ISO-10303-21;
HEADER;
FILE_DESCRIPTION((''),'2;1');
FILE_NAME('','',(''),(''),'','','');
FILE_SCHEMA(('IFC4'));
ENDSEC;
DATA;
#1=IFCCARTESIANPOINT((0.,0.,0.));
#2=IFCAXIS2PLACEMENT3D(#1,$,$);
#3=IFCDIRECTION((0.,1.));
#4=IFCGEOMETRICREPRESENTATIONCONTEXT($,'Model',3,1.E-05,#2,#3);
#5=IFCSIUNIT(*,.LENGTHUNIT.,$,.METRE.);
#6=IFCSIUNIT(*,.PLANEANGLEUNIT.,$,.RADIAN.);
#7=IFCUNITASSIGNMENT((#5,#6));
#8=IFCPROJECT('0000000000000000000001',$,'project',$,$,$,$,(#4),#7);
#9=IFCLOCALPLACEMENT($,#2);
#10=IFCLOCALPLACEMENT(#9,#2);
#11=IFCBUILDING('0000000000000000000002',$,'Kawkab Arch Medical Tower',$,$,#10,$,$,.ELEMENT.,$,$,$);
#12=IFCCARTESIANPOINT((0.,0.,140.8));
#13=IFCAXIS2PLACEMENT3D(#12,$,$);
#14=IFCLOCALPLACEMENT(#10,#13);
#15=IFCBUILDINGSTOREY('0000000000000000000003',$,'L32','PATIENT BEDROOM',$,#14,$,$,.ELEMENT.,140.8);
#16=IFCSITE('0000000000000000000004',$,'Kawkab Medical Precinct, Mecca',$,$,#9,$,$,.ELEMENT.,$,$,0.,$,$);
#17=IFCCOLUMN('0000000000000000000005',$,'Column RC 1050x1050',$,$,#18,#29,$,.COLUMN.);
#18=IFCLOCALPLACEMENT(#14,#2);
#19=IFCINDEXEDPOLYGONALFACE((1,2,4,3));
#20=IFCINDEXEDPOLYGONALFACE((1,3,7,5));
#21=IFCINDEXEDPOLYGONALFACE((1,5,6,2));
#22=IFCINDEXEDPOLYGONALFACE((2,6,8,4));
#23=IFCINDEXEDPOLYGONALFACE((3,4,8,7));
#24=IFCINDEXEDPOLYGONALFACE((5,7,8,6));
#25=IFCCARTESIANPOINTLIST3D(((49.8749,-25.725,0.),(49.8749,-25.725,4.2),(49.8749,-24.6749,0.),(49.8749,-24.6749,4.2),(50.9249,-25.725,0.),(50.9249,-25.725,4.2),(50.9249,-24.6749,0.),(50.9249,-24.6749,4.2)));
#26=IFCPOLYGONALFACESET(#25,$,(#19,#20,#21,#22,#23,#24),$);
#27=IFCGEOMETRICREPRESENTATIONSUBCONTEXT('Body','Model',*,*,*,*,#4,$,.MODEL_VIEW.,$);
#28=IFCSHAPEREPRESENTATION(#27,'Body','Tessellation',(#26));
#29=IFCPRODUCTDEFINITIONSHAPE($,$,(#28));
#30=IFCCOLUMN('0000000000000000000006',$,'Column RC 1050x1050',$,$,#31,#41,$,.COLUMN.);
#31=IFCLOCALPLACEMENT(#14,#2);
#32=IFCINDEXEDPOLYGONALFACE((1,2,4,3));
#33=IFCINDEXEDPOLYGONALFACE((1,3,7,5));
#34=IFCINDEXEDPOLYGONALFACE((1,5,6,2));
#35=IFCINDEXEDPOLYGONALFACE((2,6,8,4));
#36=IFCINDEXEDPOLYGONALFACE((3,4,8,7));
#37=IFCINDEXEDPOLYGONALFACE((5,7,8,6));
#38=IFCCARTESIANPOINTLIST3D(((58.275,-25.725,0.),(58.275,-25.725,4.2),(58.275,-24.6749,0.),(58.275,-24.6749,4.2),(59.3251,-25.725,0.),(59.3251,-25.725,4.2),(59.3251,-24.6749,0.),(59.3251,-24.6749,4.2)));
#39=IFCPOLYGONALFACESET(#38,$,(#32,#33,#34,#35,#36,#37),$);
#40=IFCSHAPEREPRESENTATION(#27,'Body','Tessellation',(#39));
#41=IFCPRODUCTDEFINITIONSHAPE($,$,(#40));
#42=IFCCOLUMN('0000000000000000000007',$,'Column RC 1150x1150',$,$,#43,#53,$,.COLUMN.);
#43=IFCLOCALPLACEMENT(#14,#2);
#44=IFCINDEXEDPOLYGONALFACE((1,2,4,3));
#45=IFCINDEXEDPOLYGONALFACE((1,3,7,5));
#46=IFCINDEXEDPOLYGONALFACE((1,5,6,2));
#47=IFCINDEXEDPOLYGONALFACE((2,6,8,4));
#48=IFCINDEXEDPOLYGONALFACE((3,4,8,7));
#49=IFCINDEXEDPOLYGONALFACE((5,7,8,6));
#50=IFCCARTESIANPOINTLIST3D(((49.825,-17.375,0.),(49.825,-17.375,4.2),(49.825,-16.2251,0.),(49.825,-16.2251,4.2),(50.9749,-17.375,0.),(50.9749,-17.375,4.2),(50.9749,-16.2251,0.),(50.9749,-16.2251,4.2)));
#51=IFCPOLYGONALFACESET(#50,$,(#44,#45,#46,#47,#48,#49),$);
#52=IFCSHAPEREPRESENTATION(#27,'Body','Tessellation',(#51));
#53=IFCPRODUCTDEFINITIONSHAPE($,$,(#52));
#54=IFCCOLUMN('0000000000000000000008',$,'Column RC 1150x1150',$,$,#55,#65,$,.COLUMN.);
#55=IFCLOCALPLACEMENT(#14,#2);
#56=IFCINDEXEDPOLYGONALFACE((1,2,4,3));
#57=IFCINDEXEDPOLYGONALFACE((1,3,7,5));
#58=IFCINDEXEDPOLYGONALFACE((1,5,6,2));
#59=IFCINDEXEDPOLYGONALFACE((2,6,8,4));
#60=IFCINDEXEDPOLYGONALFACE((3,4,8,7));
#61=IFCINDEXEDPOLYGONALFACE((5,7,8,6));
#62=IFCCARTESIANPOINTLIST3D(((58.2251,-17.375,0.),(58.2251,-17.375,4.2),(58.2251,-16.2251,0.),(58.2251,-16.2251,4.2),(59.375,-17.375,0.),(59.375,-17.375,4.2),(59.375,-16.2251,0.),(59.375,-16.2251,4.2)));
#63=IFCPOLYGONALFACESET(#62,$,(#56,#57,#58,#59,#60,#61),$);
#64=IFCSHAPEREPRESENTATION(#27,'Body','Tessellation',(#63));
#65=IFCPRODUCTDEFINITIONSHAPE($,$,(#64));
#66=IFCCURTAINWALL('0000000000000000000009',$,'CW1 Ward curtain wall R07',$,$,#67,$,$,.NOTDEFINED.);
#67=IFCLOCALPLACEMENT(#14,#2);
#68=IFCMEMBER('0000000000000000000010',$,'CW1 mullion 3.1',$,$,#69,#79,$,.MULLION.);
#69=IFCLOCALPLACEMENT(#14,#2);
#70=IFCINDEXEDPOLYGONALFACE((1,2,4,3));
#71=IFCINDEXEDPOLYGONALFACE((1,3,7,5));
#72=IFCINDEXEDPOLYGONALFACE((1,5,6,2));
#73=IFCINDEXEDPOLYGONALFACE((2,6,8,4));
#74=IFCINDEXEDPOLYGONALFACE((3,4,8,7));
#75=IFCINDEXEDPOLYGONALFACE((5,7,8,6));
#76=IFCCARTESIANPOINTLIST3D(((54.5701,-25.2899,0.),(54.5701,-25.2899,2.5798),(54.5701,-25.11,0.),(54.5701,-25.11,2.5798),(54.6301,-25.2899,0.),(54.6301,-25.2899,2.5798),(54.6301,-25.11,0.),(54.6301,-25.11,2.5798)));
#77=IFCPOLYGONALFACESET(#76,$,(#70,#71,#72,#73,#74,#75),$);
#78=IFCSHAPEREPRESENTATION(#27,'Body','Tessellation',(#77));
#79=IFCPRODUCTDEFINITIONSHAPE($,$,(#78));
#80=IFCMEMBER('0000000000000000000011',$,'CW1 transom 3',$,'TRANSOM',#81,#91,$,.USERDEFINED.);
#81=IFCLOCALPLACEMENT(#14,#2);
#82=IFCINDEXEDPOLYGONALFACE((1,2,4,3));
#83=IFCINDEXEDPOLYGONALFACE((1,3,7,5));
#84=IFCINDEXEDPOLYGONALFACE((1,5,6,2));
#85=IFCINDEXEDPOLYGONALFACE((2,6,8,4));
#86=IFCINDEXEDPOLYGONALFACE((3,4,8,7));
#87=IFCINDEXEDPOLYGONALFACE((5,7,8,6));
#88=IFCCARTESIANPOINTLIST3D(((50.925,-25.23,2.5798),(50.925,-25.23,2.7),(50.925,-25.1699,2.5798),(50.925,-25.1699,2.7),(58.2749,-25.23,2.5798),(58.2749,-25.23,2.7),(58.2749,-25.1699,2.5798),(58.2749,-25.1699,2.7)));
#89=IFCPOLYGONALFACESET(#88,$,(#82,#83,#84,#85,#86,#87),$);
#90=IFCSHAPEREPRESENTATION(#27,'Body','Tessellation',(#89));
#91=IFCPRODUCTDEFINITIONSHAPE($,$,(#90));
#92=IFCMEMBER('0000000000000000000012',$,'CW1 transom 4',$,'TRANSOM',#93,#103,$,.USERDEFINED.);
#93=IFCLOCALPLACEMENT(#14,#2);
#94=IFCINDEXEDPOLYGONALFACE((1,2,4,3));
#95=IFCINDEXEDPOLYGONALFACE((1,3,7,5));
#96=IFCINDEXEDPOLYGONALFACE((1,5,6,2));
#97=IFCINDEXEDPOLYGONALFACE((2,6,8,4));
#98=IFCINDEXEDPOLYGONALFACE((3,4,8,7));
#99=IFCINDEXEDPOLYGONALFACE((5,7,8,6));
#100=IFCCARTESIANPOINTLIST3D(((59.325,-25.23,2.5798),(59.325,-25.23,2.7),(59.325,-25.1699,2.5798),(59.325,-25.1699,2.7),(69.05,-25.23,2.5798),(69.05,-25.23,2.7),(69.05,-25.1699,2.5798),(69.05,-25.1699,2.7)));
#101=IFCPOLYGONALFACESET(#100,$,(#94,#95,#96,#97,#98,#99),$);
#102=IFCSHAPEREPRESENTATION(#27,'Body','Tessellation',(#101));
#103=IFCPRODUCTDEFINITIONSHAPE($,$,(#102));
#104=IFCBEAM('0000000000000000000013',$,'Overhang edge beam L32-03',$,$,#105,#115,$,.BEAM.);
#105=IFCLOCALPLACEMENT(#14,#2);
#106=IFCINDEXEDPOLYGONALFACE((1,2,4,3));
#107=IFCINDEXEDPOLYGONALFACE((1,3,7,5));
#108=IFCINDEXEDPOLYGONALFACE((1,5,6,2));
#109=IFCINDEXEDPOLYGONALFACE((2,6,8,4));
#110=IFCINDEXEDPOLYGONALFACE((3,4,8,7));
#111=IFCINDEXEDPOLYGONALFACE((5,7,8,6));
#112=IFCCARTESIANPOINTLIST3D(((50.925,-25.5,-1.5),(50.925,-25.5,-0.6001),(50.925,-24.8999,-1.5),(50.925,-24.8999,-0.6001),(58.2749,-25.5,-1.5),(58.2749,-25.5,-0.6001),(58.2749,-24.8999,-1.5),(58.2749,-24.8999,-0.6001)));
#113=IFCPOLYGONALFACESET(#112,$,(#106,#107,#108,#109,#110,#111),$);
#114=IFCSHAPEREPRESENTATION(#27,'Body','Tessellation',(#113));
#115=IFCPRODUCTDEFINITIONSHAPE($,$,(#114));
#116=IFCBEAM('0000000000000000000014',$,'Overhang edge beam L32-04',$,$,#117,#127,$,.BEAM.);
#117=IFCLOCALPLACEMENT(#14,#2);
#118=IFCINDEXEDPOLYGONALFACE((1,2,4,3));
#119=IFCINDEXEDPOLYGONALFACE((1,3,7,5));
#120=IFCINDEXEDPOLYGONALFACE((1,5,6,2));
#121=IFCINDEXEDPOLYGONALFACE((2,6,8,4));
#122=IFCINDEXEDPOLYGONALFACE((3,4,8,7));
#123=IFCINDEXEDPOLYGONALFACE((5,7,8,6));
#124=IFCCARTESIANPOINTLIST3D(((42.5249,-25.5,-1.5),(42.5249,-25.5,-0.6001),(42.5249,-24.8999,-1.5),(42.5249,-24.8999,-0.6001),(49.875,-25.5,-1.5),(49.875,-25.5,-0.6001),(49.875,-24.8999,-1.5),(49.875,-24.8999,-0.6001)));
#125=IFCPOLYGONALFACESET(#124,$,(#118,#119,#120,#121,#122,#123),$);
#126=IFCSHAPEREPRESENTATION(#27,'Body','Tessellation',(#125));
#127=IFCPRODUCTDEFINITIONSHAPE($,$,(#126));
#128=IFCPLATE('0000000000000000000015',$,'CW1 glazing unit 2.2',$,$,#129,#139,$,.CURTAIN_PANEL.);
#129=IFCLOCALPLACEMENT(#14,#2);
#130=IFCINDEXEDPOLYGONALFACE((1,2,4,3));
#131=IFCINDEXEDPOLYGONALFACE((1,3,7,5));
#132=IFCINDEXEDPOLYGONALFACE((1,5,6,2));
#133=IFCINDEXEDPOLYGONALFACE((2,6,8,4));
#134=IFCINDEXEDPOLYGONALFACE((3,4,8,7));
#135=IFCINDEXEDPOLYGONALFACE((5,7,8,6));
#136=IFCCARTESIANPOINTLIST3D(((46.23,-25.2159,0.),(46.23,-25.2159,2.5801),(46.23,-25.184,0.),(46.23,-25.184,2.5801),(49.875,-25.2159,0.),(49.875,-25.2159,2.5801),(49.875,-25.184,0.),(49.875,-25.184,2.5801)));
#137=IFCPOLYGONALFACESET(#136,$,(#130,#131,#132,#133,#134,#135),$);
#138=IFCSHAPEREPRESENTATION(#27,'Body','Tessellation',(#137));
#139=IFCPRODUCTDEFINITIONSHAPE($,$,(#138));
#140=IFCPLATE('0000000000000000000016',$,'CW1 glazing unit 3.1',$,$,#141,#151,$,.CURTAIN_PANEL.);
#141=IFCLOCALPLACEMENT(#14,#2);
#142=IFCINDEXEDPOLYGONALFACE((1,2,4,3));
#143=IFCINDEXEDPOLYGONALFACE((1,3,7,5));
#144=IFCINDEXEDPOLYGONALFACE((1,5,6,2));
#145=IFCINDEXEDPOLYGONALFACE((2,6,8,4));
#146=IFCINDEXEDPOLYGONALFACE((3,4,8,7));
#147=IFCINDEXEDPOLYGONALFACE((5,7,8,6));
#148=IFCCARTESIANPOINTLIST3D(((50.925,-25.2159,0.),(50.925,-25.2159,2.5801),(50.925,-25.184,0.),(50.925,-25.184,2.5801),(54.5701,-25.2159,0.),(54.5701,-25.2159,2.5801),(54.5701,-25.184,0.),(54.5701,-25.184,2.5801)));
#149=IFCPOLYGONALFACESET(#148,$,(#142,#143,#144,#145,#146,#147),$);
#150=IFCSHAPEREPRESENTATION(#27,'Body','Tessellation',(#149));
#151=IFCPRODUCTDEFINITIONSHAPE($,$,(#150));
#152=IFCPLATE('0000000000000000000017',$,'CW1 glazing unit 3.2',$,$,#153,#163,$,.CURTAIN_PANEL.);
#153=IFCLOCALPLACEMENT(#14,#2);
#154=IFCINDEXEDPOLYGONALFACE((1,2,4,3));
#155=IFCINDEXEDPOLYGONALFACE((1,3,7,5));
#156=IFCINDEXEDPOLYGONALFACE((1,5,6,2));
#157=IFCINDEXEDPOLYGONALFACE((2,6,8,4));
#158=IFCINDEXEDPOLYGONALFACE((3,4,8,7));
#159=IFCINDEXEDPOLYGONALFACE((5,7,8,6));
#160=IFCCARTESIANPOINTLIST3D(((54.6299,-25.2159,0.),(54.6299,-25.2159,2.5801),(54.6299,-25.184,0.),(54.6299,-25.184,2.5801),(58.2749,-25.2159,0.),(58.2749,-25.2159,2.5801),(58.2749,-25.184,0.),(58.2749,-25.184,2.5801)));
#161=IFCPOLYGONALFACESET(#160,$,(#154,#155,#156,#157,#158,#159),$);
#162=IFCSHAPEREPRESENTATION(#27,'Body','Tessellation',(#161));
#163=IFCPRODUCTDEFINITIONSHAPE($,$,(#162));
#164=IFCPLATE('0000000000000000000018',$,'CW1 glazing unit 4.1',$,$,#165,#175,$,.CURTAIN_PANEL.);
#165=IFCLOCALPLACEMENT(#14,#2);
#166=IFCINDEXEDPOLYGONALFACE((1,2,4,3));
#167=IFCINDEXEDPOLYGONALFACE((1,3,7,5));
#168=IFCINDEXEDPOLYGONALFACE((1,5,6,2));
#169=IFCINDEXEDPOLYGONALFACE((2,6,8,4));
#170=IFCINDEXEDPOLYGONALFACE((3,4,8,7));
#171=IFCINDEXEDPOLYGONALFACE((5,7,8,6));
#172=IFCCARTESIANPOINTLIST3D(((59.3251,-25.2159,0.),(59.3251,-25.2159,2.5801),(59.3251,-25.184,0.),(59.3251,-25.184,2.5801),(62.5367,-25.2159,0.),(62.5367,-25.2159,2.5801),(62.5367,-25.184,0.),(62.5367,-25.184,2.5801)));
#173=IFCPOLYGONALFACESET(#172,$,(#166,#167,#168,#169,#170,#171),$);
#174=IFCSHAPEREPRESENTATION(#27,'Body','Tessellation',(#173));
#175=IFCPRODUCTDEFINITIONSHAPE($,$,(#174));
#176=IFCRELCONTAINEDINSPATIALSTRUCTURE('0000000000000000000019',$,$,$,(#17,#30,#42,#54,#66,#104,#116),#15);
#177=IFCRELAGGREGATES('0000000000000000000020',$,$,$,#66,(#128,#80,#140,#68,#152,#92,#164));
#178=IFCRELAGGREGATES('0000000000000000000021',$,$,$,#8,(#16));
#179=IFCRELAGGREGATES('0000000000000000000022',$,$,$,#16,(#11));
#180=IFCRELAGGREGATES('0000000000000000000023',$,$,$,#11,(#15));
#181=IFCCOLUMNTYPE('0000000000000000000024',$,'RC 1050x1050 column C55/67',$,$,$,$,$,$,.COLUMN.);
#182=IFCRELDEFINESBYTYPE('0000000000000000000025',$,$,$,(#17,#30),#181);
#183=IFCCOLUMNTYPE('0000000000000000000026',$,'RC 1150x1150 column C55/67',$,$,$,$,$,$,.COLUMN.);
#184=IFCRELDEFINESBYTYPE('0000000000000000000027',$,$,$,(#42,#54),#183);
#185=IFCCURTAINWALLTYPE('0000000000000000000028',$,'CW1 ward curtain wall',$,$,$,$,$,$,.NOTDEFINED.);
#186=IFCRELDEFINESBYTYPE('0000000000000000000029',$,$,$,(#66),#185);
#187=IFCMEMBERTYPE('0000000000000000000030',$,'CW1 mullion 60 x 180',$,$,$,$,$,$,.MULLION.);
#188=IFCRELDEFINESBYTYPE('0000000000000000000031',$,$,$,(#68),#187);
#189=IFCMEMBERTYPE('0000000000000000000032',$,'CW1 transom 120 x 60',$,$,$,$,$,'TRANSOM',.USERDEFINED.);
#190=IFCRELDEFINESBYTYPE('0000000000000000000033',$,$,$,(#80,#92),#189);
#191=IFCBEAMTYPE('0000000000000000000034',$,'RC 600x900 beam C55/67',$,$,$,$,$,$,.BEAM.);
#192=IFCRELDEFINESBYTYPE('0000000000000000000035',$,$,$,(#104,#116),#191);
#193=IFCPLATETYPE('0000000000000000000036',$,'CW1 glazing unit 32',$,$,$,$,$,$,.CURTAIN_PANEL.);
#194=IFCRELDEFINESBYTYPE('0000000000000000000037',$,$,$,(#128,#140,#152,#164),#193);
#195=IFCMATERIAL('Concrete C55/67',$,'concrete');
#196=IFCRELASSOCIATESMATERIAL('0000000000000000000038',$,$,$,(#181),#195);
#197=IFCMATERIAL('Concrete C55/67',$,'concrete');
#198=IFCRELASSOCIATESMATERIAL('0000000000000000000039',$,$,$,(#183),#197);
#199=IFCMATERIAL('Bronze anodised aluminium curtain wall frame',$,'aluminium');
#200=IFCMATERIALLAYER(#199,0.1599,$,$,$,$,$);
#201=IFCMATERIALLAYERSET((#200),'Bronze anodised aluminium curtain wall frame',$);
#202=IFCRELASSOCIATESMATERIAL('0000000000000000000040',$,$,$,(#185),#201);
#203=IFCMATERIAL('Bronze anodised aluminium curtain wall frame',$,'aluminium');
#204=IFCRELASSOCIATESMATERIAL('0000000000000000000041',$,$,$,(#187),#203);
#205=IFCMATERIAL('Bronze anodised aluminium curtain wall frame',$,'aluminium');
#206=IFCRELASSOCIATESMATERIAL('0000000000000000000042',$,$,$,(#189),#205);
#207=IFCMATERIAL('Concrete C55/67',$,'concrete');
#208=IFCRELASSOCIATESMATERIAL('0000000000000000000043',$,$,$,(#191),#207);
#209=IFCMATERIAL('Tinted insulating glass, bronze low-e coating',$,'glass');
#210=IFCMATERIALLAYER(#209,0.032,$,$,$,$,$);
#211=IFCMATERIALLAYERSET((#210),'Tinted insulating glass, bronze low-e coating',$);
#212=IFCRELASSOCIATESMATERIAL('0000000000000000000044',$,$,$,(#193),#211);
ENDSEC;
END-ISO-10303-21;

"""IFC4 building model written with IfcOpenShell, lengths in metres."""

from ifc_helpers import new_model, si_unit, direction, frame, origin, origin_2d, place, context, subcontext, project, spatial, rectangle, extrude, material, layer, layer_set, material_profile, profile_set, type_object, element, aggregate, save


model = new_model("IFC4")

# Units and contexts
model_context = context("Model", 3, precision=1e-05, world=origin(), true_north=direction((0.0, 1.0)))
body_context = subcontext(model_context, "Body", "Model", "MODEL_VIEW")
ifc_project = project(units=[si_unit("LENGTHUNIT", "METRE"), si_unit("PLANEANGLEUNIT", "RADIAN")], contexts=[model_context])

# Site, building, storey
site_placement = place(None, origin())
site = spatial("IfcSite", under=ifc_project, at=site_placement, Name="Kawkab Medical Precinct, Mecca", CompositionType="ELEMENT", RefElevation=0.0)
building_placement = place(site_placement, origin())
building = spatial("IfcBuilding", under=site, at=building_placement, Name="Kawkab Arch Medical Tower", CompositionType="ELEMENT")
storey_placement = place(building_placement, frame((0.0, 0.0, 140.8)))
storey = spatial("IfcBuildingStorey", under=building, at=storey_placement, Name="L32", Description="PATIENT BEDROOM", CompositionType="ELEMENT", Elevation=140.8)

# Columns
ifc_material_1 = material(Name="Concrete C55/67", Category="concrete")
ifc_material_profile_1 = material_profile(ifc_material_1, rectangle(XDim=1.05, YDim=1.05, at=origin_2d()), Name="RC 1050x1050")
ifc_profile_set_1 = profile_set([ifc_material_profile_1], Name="Concrete C55/67")
column_type_1 = type_object("IfcColumnType", Name="RC 1050x1050 column C55/67", PredefinedType="COLUMN", material=ifc_profile_set_1)
for number, where, z_axis, x_axis, name in (
    (1, (50.3999, -25.2, 0.0), (0.0, 0.0, 1.0), (1.0, 0.0, 0.0), "Column RC 1050x1050"),
    (2, (58.8, -25.2, 0.0), (0.0, 0.0, 1.0), (1.0, 0.0, 0.0), "Column RC 1050x1050"),
):
    element("IfcColumn", number, at=place(storey_placement, frame(where, z_axis=z_axis, x_axis=x_axis)), inside=storey, type_object=column_type_1, Name=name, PredefinedType="COLUMN", context=body_context, shape_type="SweptSolid", body=[
        extrude(rectangle(XDim=1.05, YDim=1.05, at=origin_2d()), origin(), (0.0, 0.0, 1.0), 4.2),
    ])
ifc_material_2 = material(Name="Concrete C55/67", Category="concrete")
ifc_material_profile_2 = material_profile(ifc_material_2, rectangle(XDim=1.1499, YDim=1.1499, at=origin_2d()), Name="RC 1150x1150")
ifc_profile_set_2 = profile_set([ifc_material_profile_2], Name="Concrete C55/67")
column_type_2 = type_object("IfcColumnType", Name="RC 1150x1150 column C55/67", PredefinedType="COLUMN", material=ifc_profile_set_2)
for number, where, z_axis, x_axis, name in (
    (3, (50.3999, -16.8, 0.0), (0.0, 0.0, 1.0), (1.0, 0.0, 0.0), "Column RC 1150x1150"),
    (4, (58.8, -16.8, 0.0), (0.0, 0.0, 1.0), (1.0, 0.0, 0.0), "Column RC 1150x1150"),
):
    element("IfcColumn", number, at=place(storey_placement, frame(where, z_axis=z_axis, x_axis=x_axis)), inside=storey, type_object=column_type_2, Name=name, PredefinedType="COLUMN", context=body_context, shape_type="SweptSolid", body=[
        extrude(rectangle(XDim=1.1499, YDim=1.1499, at=origin_2d()), origin(), (0.0, 0.0, 1.0), 4.2),
    ])

# Curtain wall, members
ifc_material_3 = material(Name="Bronze anodised aluminium curtain wall frame", Category="aluminium")
ifc_layer_1 = layer(ifc_material_3, 0.1599)
ifc_layer_set_1 = layer_set([ifc_layer_1], Name="Bronze anodised aluminium curtain wall frame")
curtain_wall_type = type_object("IfcCurtainWallType", Name="CW1 ward curtain wall", PredefinedType="NOTDEFINED", material=ifc_layer_set_1)
curtain_wall_placement = place(storey_placement, origin())
curtain_wall = element("IfcCurtainWall", 5, at=curtain_wall_placement, inside=storey, type_object=curtain_wall_type, Name="CW1 Ward curtain wall R07", PredefinedType="NOTDEFINED")
ifc_material_4 = material(Name="Bronze anodised aluminium curtain wall frame", Category="aluminium")
ifc_material_profile_3 = material_profile(ifc_material_4, rectangle(XDim=0.1799, YDim=0.0601, at=origin_2d()), Name="AL 60x180")
ifc_profile_set_3 = profile_set([ifc_material_profile_3], Name="Bronze anodised aluminium curtain wall frame")
member_type_1 = type_object("IfcMemberType", Name="CW1 mullion 60 x 180", PredefinedType="MULLION", material=ifc_profile_set_3)
member_1_placement = place(storey_placement, frame((54.6001, -25.2, 0.0), z_axis=(0.0, 0.0, 1.0), x_axis=(0.0, 1.0, 0.0)))
member_1 = element("IfcMember", 6, at=member_1_placement, type_object=member_type_1, Name="CW1 mullion 3.1", PredefinedType="MULLION", context=body_context, shape_type="SweptSolid", body=[
    extrude(rectangle(XDim=0.1799, YDim=0.0601, at=origin_2d()), origin(), (0.0, 0.0, 1.0), 2.5798),
])
ifc_material_5 = material(Name="Bronze anodised aluminium curtain wall frame", Category="aluminium")
ifc_material_profile_4 = material_profile(ifc_material_5, rectangle(XDim=0.0601, YDim=0.1201, at=origin_2d()), Name="AL 60x120")
ifc_profile_set_4 = profile_set([ifc_material_profile_4], Name="Bronze anodised aluminium curtain wall frame")
member_type_2 = type_object("IfcMemberType", Name="CW1 transom 120 x 60", ElementType="TRANSOM", PredefinedType="USERDEFINED", material=ifc_profile_set_4)
member_2_placement = place(storey_placement, frame((50.925, -25.2, 2.6399), z_axis=(1.0, 0.0, 0.0), x_axis=(0.0, 1.0, 0.0)))
member_2 = element("IfcMember", 7, at=member_2_placement, type_object=member_type_2, Name="CW1 transom 3", ObjectType="TRANSOM", PredefinedType="USERDEFINED", context=body_context, shape_type="SweptSolid", body=[
    extrude(rectangle(XDim=0.0601, YDim=0.1201, at=origin_2d()), origin(), (0.0, 0.0, 1.0), 7.3499),
])
member_3_placement = place(storey_placement, frame((59.325, -25.2, 2.6399), z_axis=(1.0, 0.0, 0.0), x_axis=(0.0, 1.0, 0.0)))
member_3 = element("IfcMember", 8, at=member_3_placement, type_object=member_type_2, Name="CW1 transom 4", ObjectType="TRANSOM", PredefinedType="USERDEFINED", context=body_context, shape_type="SweptSolid", body=[
    extrude(rectangle(XDim=0.0601, YDim=0.1201, at=origin_2d()), origin(), (0.0, 0.0, 1.0), 9.7251),
])

# Beams
ifc_material_6 = material(Name="Concrete C55/67", Category="concrete")
ifc_material_profile_5 = material_profile(ifc_material_6, rectangle(XDim=0.6001, YDim=0.8999, at=origin_2d()), Name="RC 600x900")
ifc_profile_set_5 = profile_set([ifc_material_profile_5], Name="Concrete C55/67")
beam_type = type_object("IfcBeamType", Name="RC 600x900 beam C55/67", PredefinedType="BEAM", material=ifc_profile_set_5)
beam_1_placement = place(storey_placement, frame((58.2749, -25.2, -1.05), z_axis=(-1.0, 0.0, 0.0), x_axis=(0.0, -1.0, 0.0)))
element("IfcBeam", 9, at=beam_1_placement, inside=storey, type_object=beam_type, Name="Overhang edge beam L32-03", PredefinedType="BEAM", context=body_context, shape_type="SweptSolid", body=[
    extrude(rectangle(XDim=0.6001, YDim=0.8999, at=origin_2d()), origin(), (0.0, 0.0, 1.0), 7.3499),
])
beam_2_placement = place(storey_placement, frame((49.875, -25.2, -1.05), z_axis=(-1.0, 0.0, 0.0), x_axis=(0.0, -1.0, 0.0)))
element("IfcBeam", 10, at=beam_2_placement, inside=storey, type_object=beam_type, Name="Overhang edge beam L32-04", PredefinedType="BEAM", context=body_context, shape_type="SweptSolid", body=[
    extrude(rectangle(XDim=0.6001, YDim=0.8999, at=origin_2d()), origin(), (0.0, 0.0, 1.0), 7.3501),
])

# Plates
ifc_material_7 = material(Name="Tinted insulating glass, bronze low-e coating", Category="glass")
ifc_layer_2 = layer(ifc_material_7, 0.032)
ifc_layer_set_2 = layer_set([ifc_layer_2], Name="Tinted insulating glass, bronze low-e coating")
plate_type = type_object("IfcPlateType", Name="CW1 glazing unit 32", PredefinedType="CURTAIN_PANEL", material=ifc_layer_set_2)
plate_1_placement = place(storey_placement, frame((48.0525, -25.2, 0.0), z_axis=(0.0, 0.0, 1.0), x_axis=(1.0, 0.0, 0.0)))
plate_1 = element("IfcPlate", 11, at=plate_1_placement, type_object=plate_type, Name="CW1 glazing unit 2.2", PredefinedType="CURTAIN_PANEL", context=body_context, shape_type="SweptSolid", body=[
    extrude(rectangle(XDim=3.645, YDim=0.032, at=origin_2d()), origin(), (0.0, 0.0, 1.0), 2.5801),
])
plate_2_placement = place(storey_placement, frame((52.7476, -25.2, 0.0), z_axis=(0.0, 0.0, 1.0), x_axis=(1.0, 0.0, 0.0)))
plate_2 = element("IfcPlate", 12, at=plate_2_placement, type_object=plate_type, Name="CW1 glazing unit 3.1", PredefinedType="CURTAIN_PANEL", context=body_context, shape_type="SweptSolid", body=[
    extrude(rectangle(XDim=3.645, YDim=0.032, at=origin_2d()), origin(), (0.0, 0.0, 1.0), 2.5801),
])
plate_3_placement = place(storey_placement, frame((56.4524, -25.2, 0.0), z_axis=(0.0, 0.0, 1.0), x_axis=(1.0, 0.0, 0.0)))
plate_3 = element("IfcPlate", 13, at=plate_3_placement, type_object=plate_type, Name="CW1 glazing unit 3.2", PredefinedType="CURTAIN_PANEL", context=body_context, shape_type="SweptSolid", body=[
    extrude(rectangle(XDim=3.645, YDim=0.032, at=origin_2d()), origin(), (0.0, 0.0, 1.0), 2.5801),
])
plate_4_placement = place(storey_placement, frame((60.9309, -25.2, 0.0), z_axis=(0.0, 0.0, 1.0), x_axis=(1.0, 0.0, 0.0)))
plate_4 = element("IfcPlate", 14, at=plate_4_placement, type_object=plate_type, Name="CW1 glazing unit 4.1", PredefinedType="CURTAIN_PANEL", context=body_context, shape_type="SweptSolid", body=[
    extrude(rectangle(XDim=3.2117, YDim=0.032, at=origin_2d()), origin(), (0.0, 0.0, 1.0), 2.5801),
])
aggregate(curtain_wall, [plate_1, member_2, plate_2, member_1, plate_3, member_3, plate_4])

save(model, "model.ifc")
